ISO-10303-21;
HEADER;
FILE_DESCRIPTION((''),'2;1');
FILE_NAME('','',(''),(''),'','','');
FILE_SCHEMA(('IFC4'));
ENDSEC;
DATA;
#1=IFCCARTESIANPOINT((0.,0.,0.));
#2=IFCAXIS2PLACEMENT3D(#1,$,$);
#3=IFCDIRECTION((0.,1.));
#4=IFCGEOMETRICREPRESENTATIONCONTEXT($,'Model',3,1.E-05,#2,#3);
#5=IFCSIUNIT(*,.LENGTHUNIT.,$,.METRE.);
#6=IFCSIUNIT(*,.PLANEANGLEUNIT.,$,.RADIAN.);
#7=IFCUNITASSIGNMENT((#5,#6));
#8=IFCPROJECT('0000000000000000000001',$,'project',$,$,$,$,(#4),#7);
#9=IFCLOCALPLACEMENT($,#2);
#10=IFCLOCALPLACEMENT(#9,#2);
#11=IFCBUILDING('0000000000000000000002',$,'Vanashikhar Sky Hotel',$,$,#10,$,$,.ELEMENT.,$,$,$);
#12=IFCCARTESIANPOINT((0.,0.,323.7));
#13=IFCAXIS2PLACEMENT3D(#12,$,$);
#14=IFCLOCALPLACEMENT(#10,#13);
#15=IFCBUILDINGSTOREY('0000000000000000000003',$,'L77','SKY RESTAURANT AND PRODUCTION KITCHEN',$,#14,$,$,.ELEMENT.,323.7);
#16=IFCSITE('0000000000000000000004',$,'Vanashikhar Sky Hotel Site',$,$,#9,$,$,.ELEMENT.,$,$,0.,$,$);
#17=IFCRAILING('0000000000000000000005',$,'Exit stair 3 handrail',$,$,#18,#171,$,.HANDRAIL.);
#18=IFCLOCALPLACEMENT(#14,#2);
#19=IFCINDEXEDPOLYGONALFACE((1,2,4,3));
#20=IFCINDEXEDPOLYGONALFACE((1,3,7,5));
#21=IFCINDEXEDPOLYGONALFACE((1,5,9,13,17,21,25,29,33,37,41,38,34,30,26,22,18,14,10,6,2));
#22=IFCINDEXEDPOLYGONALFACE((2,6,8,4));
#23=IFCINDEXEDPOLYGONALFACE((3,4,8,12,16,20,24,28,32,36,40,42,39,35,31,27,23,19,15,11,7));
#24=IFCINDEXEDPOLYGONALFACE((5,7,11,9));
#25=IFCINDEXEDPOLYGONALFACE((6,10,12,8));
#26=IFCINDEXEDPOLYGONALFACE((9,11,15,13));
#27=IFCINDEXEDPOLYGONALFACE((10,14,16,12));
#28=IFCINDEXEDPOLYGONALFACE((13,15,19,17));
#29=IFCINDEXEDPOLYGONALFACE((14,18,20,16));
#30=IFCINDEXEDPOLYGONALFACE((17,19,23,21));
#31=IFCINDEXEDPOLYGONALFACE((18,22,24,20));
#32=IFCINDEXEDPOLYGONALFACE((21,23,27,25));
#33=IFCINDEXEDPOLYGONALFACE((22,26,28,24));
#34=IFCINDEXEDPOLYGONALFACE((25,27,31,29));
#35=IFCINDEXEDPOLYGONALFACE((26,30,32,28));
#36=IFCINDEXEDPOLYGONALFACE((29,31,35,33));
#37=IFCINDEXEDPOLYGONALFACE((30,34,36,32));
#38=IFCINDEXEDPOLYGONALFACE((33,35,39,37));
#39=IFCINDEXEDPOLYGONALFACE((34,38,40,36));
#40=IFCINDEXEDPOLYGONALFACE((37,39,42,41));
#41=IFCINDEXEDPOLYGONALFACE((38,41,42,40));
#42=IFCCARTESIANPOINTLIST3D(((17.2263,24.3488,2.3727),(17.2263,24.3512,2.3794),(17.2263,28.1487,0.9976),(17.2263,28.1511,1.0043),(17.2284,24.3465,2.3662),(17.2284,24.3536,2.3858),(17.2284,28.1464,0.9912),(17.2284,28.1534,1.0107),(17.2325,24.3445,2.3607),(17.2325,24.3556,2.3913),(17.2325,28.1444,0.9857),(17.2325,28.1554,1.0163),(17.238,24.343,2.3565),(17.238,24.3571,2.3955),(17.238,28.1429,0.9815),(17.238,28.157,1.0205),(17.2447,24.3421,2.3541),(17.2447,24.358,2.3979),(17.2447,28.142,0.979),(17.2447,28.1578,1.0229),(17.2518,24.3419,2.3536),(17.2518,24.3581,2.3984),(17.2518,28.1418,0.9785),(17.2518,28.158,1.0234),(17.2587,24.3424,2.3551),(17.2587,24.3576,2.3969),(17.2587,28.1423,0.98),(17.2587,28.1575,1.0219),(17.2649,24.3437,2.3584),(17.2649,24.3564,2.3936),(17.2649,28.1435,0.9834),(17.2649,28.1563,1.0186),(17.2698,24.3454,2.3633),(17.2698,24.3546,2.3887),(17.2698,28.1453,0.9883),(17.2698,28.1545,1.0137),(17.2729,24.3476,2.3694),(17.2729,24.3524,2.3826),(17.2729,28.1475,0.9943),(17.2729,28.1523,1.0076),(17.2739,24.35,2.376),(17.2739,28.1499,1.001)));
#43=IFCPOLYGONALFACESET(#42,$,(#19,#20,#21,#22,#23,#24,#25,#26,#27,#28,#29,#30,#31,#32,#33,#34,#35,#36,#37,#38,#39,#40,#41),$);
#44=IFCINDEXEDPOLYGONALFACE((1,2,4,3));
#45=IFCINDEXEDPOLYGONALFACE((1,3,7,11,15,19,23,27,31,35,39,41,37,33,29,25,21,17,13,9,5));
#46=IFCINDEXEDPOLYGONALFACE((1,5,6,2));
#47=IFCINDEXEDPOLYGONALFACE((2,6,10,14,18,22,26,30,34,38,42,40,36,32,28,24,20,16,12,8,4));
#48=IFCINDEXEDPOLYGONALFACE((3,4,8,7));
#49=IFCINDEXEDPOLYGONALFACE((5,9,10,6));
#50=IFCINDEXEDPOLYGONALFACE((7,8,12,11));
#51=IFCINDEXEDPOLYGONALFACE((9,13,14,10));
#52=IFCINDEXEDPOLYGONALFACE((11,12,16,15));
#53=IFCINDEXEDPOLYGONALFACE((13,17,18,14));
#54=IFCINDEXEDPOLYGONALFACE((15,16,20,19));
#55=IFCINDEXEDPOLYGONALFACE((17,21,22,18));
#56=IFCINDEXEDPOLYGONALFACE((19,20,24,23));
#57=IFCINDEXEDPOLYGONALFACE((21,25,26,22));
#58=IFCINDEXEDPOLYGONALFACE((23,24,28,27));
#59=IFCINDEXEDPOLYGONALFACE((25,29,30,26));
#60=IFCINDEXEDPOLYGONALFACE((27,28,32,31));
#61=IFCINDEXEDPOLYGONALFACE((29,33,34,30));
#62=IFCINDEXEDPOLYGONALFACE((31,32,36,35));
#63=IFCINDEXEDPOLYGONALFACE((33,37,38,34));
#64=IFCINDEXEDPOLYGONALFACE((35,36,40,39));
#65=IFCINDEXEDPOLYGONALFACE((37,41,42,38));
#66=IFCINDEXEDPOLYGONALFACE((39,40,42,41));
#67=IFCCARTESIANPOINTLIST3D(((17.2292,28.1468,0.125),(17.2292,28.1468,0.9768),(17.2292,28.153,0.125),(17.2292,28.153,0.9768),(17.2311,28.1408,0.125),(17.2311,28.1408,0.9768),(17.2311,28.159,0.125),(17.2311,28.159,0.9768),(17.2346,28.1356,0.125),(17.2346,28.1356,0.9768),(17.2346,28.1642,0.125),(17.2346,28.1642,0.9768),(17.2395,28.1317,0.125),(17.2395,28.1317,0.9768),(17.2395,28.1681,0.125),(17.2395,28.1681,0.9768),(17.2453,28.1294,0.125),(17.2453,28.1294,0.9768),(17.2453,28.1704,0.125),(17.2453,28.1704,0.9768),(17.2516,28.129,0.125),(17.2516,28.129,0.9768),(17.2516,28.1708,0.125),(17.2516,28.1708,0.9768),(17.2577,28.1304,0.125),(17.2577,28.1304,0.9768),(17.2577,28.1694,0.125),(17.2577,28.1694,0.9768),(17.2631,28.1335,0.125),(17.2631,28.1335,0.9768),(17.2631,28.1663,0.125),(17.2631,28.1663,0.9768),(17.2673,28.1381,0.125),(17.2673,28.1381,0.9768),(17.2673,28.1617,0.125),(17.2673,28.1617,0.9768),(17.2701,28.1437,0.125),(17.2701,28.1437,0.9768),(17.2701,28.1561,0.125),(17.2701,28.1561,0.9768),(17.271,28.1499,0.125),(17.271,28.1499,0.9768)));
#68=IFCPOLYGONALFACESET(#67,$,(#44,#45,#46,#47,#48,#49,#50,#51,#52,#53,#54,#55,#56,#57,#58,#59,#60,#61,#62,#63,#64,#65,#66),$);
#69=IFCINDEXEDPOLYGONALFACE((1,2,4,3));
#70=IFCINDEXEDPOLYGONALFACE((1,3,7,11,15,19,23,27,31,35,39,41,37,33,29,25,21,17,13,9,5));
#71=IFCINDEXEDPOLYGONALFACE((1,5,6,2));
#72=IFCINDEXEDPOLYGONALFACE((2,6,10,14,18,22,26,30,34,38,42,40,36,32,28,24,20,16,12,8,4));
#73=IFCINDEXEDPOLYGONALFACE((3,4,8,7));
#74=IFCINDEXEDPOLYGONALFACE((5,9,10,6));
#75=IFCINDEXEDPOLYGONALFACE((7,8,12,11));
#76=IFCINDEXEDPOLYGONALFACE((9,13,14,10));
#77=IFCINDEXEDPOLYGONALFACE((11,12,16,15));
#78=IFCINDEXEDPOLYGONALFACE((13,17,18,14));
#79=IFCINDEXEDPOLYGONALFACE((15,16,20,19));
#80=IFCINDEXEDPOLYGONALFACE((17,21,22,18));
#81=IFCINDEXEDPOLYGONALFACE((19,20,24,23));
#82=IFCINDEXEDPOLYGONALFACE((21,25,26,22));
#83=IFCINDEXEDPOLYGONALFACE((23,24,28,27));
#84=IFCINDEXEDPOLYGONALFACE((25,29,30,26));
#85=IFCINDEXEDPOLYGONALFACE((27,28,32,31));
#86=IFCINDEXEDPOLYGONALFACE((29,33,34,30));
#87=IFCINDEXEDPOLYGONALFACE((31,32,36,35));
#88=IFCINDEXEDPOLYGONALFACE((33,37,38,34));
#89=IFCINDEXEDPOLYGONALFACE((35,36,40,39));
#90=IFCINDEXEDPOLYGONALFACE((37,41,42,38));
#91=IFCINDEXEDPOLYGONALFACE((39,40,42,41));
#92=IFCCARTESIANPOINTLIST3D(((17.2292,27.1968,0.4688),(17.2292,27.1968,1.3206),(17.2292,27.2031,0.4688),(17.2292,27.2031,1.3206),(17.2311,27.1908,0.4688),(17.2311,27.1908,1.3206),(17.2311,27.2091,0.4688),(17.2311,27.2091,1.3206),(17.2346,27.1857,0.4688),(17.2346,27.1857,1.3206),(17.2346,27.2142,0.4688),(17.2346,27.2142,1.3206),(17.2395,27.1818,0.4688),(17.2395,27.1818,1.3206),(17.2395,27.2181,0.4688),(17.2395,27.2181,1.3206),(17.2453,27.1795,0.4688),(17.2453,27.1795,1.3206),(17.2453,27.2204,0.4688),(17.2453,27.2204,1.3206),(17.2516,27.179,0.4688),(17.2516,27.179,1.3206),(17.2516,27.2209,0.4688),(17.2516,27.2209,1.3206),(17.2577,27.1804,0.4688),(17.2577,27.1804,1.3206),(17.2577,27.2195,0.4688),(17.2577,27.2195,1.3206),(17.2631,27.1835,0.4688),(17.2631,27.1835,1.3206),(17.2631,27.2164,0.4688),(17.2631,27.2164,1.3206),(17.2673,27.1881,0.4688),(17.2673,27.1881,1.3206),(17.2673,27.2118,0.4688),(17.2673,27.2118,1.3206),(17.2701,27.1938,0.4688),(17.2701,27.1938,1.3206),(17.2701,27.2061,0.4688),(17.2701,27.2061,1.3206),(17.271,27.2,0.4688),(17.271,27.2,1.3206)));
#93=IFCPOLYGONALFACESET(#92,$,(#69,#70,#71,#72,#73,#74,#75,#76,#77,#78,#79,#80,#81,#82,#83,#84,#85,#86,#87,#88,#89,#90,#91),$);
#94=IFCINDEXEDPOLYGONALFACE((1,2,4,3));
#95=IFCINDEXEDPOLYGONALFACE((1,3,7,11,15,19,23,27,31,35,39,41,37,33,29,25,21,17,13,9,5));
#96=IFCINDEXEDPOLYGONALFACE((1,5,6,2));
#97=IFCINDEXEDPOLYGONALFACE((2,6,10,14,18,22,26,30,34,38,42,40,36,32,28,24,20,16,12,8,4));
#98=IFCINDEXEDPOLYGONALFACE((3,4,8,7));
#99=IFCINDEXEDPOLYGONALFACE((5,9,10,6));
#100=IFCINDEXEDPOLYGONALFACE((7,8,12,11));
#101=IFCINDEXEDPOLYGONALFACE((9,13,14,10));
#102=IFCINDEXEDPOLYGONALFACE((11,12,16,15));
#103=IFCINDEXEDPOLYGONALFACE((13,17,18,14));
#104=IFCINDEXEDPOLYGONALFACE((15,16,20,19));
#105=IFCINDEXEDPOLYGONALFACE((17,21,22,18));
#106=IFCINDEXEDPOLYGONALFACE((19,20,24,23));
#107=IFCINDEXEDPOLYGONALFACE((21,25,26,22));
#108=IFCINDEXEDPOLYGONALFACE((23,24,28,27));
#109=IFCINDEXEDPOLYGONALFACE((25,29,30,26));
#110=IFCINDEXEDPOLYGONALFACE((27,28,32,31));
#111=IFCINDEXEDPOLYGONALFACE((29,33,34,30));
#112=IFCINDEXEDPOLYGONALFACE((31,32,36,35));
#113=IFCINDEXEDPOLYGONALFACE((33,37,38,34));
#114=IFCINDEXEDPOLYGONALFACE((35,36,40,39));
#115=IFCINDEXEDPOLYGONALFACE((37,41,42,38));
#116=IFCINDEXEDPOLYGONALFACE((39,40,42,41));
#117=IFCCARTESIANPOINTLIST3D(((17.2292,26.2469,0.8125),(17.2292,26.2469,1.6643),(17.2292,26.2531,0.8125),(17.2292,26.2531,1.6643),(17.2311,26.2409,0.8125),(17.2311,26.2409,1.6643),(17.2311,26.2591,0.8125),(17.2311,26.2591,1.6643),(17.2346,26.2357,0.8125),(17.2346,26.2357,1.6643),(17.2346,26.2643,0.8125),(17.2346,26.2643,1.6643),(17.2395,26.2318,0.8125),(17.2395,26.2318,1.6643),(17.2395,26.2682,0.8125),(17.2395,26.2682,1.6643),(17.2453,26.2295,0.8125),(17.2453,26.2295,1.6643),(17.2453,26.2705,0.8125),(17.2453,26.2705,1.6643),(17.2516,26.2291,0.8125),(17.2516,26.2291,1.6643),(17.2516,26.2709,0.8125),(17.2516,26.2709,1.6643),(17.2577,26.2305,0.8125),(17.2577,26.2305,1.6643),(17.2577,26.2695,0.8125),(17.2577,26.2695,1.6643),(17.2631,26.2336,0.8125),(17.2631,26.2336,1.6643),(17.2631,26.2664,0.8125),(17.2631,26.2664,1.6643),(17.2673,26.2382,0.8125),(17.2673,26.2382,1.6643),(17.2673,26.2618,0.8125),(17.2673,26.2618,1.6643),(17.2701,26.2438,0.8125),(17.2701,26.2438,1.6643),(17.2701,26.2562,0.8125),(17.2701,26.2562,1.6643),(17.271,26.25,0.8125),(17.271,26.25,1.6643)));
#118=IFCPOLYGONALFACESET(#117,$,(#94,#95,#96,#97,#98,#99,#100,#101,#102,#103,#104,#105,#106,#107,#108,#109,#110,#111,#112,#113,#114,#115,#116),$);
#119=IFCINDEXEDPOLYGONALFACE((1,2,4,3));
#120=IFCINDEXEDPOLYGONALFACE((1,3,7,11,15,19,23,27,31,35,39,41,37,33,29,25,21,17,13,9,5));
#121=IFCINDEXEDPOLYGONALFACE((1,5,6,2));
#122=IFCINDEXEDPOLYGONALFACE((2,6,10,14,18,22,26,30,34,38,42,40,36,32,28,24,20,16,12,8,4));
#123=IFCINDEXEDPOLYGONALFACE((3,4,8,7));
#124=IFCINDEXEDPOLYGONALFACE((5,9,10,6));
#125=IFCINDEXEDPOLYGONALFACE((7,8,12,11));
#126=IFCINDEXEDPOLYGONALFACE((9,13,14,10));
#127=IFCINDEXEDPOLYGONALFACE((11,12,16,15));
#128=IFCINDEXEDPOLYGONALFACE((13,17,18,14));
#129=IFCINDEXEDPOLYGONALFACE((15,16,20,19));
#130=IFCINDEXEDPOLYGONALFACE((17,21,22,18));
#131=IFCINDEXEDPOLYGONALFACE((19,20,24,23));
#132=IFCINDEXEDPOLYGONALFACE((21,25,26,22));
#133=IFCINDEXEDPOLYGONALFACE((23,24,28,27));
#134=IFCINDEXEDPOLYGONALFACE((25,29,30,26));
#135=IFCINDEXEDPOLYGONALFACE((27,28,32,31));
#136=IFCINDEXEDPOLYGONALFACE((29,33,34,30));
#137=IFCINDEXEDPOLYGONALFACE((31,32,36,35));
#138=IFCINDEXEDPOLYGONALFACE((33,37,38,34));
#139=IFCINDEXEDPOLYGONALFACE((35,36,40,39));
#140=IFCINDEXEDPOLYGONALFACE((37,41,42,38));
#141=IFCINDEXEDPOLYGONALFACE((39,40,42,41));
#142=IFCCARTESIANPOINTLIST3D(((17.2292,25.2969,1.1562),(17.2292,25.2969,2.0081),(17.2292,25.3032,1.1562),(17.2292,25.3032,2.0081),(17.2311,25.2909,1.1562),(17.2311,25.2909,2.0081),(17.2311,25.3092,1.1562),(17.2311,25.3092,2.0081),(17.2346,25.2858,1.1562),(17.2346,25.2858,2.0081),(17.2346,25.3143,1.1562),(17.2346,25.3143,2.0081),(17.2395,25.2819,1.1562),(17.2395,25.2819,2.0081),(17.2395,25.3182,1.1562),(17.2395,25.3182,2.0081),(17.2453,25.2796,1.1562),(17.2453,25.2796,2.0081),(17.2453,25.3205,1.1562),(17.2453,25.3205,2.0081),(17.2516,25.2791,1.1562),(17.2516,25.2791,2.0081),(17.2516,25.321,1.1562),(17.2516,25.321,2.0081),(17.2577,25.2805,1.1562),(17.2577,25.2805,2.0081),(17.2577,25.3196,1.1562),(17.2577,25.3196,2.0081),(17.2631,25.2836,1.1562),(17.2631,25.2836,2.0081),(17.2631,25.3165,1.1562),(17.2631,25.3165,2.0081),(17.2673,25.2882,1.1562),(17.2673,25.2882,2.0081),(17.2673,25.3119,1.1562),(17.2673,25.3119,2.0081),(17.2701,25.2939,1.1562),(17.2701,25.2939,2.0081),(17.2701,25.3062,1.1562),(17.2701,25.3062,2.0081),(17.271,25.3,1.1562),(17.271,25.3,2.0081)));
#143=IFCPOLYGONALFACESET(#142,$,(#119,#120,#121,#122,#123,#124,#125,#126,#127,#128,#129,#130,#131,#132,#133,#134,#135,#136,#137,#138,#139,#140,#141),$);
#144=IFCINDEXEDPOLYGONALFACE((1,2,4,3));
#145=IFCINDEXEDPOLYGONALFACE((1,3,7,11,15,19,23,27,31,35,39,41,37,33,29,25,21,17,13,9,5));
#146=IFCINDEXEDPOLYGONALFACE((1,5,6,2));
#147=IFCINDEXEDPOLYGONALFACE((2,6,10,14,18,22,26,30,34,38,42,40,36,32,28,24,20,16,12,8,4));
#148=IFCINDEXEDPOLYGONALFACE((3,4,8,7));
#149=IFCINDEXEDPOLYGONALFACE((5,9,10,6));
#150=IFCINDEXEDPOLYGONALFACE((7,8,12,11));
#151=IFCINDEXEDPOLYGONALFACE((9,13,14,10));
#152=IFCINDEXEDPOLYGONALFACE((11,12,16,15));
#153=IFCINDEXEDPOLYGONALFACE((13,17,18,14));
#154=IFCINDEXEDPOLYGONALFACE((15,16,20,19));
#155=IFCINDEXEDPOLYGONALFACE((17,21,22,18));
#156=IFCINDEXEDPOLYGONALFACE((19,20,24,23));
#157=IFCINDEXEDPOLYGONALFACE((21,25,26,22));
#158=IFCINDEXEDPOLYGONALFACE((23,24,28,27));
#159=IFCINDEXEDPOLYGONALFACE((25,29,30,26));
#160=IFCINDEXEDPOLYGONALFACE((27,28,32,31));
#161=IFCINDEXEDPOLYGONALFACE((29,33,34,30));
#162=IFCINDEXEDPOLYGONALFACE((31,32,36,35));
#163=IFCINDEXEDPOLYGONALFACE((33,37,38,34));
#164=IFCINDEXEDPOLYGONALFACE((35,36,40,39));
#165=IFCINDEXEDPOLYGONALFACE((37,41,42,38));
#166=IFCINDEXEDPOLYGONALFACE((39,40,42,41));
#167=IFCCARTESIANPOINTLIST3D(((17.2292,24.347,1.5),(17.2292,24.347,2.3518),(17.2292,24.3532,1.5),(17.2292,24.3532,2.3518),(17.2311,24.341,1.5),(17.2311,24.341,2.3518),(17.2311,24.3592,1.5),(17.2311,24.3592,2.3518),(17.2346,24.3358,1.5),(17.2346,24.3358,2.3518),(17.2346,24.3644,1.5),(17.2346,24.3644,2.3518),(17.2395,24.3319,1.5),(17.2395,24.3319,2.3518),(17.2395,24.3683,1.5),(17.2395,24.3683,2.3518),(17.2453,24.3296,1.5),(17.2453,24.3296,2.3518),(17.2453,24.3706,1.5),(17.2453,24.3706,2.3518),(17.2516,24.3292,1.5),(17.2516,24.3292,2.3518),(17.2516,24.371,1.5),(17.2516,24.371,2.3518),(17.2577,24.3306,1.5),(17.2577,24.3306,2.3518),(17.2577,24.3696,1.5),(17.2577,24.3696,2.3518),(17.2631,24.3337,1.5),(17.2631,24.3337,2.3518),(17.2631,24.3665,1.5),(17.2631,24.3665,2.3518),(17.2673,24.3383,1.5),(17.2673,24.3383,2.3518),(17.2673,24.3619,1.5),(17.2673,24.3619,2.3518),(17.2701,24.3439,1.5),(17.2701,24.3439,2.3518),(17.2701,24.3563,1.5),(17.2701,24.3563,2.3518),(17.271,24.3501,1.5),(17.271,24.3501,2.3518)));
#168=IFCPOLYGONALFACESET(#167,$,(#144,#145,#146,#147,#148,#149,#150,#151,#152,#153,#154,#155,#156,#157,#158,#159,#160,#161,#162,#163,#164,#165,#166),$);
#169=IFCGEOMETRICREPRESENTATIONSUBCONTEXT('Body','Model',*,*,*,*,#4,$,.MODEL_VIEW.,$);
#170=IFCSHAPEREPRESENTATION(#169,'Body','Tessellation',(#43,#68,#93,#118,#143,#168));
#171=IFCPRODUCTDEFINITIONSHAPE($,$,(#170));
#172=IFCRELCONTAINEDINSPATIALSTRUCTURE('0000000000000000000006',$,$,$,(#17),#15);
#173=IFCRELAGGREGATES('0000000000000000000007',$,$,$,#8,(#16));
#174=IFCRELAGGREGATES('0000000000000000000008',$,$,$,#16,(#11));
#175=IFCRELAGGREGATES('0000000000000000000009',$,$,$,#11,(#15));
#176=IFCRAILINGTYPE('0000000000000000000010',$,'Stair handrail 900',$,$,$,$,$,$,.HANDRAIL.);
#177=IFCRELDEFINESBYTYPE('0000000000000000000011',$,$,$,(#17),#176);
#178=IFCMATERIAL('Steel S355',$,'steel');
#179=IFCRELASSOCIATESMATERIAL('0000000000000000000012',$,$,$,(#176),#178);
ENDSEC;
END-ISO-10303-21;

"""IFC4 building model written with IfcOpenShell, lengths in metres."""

from ifc_helpers import new_model, si_unit, direction, frame, origin, origin_2d, place, context, subcontext, project, spatial, circle, extrude, source, transform, mapped, material, type_object, element, save


model = new_model("IFC4")

# Units and contexts
model_context = context("Model", 3, precision=1e-05, world=origin(), true_north=direction((0.0, 1.0)))
body_context = subcontext(model_context, "Body", "Model", "MODEL_VIEW")
ifc_project = project(units=[si_unit("LENGTHUNIT", "METRE"), si_unit("PLANEANGLEUNIT", "RADIAN")], contexts=[model_context])

# Site, building, storey
site_placement = place(None, origin())
site = spatial("IfcSite", under=ifc_project, at=site_placement, Name="Vanashikhar Sky Hotel Site", CompositionType="ELEMENT", RefElevation=0.0)
building_placement = place(site_placement, origin())
building = spatial("IfcBuilding", under=site, at=building_placement, Name="Vanashikhar Sky Hotel", CompositionType="ELEMENT")
storey_placement = place(building_placement, frame((0.0, 0.0, 323.7)))
storey = spatial("IfcBuildingStorey", under=building, at=storey_placement, Name="L77", Description="SKY RESTAURANT AND PRODUCTION KITCHEN", CompositionType="ELEMENT", Elevation=323.7)

# Railing
ifc_material_1 = material(Name="Steel S355", Category="steel")
railing_type_1 = type_object("IfcRailingType", Name="Stair handrail 900", PredefinedType="HANDRAIL", material=ifc_material_1)
shared_shape_1 = source(origin(), body_context, "Body", "SweptSolid", [
    extrude(circle(Radius=0.0239, at=origin_2d()), frame((0.0, 0.0, 0.876), z_axis=(0.0, -0.940329, 0.340268), x_axis=(1.0, 0.0, 0.0)), (0.0, 0.0, 1.0), 4.041),
    extrude(circle(Radius=0.021, at=origin_2d()), origin(), (0.0, 0.0, 1.0), 0.8518),
    extrude(circle(Radius=0.021, at=origin_2d()), frame((0.0, -0.95, 0.3438)), (0.0, 0.0, 1.0), 0.8518),
    extrude(circle(Radius=0.021, at=origin_2d()), frame((0.0, -1.8999, 0.6875)), (0.0, 0.0, 1.0), 0.8518),
    extrude(circle(Radius=0.021, at=origin_2d()), frame((0.0, -2.8499, 1.0312)), (0.0, 0.0, 1.0), 0.8518),
    extrude(circle(Radius=0.021, at=origin_2d()), frame((0.0, -3.7998, 1.375)), (0.0, 0.0, 1.0), 0.8518),
])
for number, where, name in (
    (1, (17.25, 28.1499, 0.125), "Exit stair 3 handrail"),
):
    element("IfcRailing", number, at=place(storey_placement, frame(where)), inside=storey, type_object=railing_type_1, Name=name, PredefinedType="HANDRAIL", context=body_context, shape_type="MappedRepresentation", body=[
        mapped(shared_shape_1, transform((0.0, 0.0, 0.0), scale=1.0)),
    ])

save(model, "model.ifc")
